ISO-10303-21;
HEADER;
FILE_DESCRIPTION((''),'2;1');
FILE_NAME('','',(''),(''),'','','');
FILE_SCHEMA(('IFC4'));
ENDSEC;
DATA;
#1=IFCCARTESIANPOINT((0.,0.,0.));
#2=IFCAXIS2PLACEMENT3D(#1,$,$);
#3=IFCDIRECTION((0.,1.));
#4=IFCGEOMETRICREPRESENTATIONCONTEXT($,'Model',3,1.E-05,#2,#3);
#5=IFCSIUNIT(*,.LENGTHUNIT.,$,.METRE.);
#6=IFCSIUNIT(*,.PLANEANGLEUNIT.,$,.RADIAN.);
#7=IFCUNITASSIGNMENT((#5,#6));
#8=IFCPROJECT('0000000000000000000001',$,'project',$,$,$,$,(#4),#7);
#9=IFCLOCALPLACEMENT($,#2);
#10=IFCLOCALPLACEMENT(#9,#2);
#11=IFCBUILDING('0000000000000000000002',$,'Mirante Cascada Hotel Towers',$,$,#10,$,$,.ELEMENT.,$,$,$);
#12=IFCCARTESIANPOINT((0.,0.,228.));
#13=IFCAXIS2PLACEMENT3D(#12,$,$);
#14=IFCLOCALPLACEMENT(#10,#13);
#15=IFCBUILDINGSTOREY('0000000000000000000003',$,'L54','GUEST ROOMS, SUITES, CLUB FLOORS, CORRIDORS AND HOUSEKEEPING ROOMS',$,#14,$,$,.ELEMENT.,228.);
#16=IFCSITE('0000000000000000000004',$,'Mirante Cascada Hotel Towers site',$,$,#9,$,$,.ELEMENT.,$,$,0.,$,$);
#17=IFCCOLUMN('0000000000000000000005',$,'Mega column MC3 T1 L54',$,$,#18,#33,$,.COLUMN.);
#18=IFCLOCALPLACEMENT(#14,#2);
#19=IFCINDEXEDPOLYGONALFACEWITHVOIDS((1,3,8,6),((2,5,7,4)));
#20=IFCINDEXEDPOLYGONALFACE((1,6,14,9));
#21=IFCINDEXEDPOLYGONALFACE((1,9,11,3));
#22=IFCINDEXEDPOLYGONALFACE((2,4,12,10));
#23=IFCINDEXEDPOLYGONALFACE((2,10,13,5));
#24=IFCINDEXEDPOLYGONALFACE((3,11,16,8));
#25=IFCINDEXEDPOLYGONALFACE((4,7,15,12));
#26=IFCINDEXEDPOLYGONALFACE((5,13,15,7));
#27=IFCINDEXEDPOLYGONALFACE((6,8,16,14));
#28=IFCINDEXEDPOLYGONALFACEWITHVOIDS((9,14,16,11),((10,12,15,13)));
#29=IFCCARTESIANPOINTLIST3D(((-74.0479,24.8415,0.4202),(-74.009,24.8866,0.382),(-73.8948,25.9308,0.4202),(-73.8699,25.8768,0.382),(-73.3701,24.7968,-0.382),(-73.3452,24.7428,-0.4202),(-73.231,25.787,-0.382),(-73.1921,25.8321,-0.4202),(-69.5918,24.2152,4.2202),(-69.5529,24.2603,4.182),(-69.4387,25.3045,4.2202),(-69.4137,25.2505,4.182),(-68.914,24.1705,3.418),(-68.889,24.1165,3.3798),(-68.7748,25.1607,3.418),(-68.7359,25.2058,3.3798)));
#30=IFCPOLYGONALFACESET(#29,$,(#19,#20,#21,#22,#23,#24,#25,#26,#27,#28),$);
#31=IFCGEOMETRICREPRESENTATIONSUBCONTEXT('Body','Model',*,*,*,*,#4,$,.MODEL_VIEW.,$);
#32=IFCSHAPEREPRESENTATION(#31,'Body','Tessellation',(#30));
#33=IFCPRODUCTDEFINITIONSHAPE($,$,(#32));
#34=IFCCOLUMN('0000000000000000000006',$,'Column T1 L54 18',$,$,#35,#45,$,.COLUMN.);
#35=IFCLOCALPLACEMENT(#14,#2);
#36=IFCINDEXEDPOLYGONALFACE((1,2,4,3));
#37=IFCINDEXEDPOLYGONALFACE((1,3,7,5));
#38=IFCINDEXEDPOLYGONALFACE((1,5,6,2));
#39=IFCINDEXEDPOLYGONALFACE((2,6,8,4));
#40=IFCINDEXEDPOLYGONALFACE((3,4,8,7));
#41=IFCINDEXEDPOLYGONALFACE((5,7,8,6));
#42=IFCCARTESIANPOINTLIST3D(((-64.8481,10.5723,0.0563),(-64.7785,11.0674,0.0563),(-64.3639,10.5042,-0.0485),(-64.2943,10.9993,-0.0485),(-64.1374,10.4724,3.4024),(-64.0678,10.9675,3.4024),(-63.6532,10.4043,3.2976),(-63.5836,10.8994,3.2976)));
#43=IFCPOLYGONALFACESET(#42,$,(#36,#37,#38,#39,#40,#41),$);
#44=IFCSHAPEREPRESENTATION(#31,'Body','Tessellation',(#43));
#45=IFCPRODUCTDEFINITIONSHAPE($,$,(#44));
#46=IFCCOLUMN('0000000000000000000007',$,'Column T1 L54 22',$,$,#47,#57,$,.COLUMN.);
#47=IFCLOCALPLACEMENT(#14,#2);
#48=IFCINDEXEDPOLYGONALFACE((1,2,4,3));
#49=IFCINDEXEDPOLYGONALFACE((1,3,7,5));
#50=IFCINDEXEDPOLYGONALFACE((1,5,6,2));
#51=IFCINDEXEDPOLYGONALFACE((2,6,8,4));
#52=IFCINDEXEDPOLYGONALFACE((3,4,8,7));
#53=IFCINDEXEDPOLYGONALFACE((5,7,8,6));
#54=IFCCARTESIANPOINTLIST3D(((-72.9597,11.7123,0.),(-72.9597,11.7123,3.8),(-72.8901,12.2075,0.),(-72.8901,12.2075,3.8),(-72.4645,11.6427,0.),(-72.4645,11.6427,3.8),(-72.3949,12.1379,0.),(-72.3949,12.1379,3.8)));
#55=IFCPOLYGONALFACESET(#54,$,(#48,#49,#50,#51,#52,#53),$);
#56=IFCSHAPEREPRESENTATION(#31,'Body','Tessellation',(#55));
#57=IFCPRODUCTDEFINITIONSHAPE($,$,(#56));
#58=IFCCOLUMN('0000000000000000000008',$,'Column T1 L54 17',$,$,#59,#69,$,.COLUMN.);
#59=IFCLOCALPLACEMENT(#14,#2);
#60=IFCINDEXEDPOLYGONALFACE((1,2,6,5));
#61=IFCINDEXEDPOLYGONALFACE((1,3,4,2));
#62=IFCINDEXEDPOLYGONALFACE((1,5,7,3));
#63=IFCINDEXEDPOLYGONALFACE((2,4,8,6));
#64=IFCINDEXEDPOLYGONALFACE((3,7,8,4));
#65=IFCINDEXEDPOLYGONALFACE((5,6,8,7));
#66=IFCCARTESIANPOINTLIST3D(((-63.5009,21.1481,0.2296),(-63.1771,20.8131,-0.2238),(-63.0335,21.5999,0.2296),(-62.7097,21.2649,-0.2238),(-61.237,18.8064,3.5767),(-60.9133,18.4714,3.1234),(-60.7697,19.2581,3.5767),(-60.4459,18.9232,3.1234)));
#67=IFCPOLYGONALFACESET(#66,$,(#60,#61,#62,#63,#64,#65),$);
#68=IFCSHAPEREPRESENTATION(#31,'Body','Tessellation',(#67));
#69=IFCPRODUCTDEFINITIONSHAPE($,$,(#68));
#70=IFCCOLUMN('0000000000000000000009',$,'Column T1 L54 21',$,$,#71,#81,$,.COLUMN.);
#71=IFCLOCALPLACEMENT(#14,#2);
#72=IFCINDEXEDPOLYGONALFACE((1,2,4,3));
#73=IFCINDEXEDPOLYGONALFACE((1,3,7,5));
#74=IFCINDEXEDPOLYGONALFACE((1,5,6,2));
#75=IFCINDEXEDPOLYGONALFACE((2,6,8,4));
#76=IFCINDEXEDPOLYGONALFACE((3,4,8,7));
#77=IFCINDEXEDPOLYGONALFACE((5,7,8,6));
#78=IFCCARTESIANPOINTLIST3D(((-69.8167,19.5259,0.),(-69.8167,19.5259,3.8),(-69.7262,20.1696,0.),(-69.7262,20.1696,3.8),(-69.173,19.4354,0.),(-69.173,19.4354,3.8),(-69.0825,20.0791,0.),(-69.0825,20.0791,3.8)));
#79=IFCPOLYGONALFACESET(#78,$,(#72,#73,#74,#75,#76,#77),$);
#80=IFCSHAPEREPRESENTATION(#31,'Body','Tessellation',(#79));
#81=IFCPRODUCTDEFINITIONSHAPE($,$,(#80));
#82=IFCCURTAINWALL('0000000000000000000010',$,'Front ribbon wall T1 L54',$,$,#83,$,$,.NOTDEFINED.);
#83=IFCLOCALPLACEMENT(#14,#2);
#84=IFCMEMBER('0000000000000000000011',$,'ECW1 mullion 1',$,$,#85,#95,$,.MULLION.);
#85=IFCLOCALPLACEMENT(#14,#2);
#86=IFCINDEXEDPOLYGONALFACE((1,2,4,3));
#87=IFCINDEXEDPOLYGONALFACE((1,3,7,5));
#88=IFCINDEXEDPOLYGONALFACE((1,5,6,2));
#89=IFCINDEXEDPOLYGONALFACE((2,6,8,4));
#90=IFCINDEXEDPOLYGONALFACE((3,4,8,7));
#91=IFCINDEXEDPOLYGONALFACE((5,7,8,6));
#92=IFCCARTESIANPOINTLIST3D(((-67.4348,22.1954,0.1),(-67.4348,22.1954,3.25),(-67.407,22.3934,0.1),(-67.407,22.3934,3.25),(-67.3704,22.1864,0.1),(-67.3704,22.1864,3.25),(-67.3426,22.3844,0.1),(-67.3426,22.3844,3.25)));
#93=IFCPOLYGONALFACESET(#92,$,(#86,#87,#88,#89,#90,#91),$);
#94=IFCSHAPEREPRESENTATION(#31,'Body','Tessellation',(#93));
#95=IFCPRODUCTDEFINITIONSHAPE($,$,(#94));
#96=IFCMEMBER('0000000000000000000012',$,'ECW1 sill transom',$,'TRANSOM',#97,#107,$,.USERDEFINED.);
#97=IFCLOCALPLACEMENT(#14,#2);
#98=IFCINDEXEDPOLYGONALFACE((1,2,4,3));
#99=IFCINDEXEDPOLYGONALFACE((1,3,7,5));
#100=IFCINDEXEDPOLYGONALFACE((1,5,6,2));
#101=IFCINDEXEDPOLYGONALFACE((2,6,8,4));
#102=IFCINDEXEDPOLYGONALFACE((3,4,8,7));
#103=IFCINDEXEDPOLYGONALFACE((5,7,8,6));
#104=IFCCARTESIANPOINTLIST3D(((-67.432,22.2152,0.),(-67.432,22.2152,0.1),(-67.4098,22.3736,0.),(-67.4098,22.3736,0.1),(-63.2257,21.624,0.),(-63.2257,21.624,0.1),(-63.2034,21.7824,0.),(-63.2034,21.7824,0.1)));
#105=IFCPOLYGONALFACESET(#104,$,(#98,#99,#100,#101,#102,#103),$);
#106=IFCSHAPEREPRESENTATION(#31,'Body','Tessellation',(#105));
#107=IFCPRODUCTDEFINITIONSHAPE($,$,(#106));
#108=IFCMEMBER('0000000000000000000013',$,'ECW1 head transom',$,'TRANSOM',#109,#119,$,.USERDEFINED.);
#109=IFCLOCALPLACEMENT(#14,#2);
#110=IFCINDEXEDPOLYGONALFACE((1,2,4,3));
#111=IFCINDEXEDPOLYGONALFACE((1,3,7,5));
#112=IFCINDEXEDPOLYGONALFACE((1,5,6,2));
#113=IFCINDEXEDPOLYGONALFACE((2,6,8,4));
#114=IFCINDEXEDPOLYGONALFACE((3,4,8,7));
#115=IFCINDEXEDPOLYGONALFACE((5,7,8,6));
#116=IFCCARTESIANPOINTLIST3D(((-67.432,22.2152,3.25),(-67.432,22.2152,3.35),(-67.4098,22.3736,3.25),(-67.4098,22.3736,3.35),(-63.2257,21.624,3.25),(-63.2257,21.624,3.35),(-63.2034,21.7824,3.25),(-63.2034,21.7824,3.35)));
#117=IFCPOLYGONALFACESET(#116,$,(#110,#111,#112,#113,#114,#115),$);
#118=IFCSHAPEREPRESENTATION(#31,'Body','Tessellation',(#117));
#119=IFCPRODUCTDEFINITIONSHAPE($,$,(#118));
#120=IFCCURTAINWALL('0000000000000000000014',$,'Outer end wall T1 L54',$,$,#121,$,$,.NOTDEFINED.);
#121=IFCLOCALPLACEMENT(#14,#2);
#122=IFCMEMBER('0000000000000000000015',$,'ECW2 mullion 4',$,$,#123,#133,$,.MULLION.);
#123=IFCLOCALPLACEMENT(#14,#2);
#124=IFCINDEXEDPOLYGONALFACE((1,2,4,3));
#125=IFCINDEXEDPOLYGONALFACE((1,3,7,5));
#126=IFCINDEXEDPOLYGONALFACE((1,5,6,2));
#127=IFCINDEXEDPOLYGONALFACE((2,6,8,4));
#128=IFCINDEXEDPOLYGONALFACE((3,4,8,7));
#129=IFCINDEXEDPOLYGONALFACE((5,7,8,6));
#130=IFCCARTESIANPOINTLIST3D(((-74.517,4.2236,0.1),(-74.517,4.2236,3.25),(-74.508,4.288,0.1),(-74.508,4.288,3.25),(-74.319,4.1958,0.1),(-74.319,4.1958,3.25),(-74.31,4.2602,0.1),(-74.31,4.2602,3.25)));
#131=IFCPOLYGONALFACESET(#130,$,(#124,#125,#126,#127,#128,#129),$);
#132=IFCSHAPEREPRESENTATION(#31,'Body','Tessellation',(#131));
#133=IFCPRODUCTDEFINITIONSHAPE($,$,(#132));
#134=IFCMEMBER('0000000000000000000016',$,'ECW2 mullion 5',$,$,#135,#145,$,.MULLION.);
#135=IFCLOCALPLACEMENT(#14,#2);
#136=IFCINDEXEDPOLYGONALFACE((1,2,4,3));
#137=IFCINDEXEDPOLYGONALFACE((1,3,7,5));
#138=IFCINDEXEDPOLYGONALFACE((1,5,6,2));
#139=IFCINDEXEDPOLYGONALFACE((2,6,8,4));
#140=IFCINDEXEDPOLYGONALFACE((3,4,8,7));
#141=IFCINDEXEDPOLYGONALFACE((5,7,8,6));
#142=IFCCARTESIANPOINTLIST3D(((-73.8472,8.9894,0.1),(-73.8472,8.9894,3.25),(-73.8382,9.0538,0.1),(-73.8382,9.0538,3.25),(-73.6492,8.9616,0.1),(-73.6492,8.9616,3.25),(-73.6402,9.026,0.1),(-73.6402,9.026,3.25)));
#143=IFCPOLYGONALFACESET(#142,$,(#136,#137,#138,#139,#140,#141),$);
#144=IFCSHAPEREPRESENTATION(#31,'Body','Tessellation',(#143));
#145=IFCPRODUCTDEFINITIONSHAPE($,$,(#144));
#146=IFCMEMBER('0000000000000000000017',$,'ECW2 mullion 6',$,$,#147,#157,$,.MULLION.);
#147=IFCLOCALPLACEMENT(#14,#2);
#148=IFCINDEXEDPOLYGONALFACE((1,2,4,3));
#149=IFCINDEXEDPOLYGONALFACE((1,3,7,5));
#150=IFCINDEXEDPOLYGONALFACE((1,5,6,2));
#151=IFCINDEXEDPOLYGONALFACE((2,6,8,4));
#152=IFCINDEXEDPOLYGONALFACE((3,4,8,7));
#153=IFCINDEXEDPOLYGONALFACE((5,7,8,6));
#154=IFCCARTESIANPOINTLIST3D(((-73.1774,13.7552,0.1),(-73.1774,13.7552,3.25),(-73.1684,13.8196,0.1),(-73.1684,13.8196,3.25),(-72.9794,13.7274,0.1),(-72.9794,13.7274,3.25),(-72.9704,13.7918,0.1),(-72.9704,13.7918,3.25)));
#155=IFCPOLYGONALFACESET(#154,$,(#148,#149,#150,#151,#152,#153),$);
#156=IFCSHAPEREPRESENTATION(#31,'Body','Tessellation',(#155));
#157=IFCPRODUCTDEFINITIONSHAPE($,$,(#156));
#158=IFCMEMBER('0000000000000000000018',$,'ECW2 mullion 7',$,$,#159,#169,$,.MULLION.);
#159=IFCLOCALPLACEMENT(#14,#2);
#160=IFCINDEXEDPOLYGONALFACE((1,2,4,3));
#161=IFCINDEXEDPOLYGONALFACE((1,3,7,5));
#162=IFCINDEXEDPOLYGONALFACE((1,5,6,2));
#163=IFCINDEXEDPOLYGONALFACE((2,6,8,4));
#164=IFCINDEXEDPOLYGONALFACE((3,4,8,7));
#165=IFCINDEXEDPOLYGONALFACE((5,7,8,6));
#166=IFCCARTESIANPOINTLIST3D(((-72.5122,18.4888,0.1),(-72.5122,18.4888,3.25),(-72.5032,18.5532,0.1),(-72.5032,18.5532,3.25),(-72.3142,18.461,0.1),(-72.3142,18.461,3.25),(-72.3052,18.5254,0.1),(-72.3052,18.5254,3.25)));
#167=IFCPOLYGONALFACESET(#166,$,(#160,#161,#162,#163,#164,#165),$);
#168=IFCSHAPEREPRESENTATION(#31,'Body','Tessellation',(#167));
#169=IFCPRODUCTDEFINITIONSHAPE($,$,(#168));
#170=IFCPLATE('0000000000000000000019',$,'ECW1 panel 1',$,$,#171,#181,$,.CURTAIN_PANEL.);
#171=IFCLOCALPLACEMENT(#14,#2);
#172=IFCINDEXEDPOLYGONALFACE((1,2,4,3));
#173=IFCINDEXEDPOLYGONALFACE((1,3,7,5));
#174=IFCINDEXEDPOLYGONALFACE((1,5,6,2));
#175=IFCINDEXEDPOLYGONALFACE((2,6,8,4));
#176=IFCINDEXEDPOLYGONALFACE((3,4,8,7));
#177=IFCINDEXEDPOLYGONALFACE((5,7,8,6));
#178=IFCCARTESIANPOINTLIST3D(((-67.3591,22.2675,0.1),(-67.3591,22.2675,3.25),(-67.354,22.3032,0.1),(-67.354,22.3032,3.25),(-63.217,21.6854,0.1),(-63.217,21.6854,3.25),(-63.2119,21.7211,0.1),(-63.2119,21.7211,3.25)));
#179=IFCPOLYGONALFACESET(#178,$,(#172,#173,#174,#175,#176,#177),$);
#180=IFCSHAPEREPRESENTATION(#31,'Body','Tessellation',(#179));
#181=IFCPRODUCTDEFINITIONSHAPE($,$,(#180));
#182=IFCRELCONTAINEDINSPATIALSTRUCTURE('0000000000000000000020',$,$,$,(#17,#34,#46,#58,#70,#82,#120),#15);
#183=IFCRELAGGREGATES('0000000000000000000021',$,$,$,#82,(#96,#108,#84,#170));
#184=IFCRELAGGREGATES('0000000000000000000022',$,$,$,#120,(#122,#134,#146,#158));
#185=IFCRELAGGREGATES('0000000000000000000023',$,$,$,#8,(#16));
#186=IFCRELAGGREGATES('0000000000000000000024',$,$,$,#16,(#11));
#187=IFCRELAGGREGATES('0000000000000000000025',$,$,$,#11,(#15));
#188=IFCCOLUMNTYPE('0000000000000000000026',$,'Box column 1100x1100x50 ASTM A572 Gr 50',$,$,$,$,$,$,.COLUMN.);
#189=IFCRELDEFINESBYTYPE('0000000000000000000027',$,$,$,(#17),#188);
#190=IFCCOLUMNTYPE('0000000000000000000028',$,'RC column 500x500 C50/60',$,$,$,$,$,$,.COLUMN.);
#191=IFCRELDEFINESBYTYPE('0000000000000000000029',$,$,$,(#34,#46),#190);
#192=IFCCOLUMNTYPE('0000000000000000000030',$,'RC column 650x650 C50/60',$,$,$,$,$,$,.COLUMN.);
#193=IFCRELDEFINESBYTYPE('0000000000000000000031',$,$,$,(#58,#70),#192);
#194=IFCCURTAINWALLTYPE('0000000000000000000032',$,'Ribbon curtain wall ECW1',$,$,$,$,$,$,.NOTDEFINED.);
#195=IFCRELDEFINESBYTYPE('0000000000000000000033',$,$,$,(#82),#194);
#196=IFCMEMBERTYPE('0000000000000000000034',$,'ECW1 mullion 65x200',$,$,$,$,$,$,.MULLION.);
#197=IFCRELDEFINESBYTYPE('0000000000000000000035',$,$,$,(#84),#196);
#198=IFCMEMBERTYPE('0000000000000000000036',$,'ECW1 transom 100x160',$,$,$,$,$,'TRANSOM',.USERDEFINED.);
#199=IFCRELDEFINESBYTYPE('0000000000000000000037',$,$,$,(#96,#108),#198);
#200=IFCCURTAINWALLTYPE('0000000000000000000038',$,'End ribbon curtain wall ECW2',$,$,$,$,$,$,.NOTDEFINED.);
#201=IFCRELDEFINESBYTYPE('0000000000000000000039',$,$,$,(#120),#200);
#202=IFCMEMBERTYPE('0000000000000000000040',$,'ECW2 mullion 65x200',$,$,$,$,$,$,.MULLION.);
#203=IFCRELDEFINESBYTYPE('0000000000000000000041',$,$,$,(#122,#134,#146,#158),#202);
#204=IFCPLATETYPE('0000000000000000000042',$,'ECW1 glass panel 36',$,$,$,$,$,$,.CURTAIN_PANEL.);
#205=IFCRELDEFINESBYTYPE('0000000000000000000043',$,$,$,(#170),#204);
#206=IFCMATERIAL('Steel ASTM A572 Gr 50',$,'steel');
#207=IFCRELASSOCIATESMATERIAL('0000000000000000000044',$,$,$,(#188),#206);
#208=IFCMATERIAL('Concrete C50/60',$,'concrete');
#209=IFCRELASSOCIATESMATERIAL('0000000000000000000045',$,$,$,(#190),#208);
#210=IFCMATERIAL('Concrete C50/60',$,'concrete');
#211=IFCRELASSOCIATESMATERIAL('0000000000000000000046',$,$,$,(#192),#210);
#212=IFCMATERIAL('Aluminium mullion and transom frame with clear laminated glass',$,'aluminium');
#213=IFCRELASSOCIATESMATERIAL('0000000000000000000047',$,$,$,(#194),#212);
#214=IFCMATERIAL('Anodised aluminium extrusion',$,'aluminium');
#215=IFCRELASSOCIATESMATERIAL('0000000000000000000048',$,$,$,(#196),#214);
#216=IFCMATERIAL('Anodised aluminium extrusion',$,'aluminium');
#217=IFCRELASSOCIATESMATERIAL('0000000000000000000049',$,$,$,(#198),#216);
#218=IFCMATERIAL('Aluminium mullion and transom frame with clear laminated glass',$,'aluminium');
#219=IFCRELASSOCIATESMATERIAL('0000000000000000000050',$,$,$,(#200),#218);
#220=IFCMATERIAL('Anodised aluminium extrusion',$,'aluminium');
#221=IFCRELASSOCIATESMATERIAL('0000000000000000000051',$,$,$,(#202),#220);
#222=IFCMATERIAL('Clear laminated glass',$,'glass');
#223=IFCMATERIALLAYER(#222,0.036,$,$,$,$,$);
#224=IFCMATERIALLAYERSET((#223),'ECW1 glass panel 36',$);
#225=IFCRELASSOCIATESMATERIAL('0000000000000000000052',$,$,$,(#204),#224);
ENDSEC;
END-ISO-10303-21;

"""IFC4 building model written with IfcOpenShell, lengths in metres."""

from ifc_helpers import new_model, si_unit, direction, frame, origin, origin_2d, place, context, subcontext, project, spatial, rectangle, hollow_rectangle, extrude, material, layer, layer_set, material_profile, profile_set, type_object, element, aggregate, save


model = new_model("IFC4")

# Units and contexts
model_context = context("Model", 3, precision=1e-05, world=origin(), true_north=direction((0.0, 1.0)))
body_context = subcontext(model_context, "Body", "Model", "MODEL_VIEW")
ifc_project = project(units=[si_unit("LENGTHUNIT", "METRE"), si_unit("PLANEANGLEUNIT", "RADIAN")], contexts=[model_context])

# Site, building, storey
site_placement = place(None, origin())
site = spatial("IfcSite", under=ifc_project, at=site_placement, Name="Mirante Cascada Hotel Towers site", CompositionType="ELEMENT", RefElevation=0.0)
building_placement = place(site_placement, origin())
building = spatial("IfcBuilding", under=site, at=building_placement, Name="Mirante Cascada Hotel Towers", CompositionType="ELEMENT")
storey_placement = place(building_placement, frame((0.0, 0.0, 228.0)))
storey = spatial("IfcBuildingStorey", under=building, at=storey_placement, Name="L54", Description="GUEST ROOMS, SUITES, CLUB FLOORS, CORRIDORS AND HOUSEKEEPING ROOMS", CompositionType="ELEMENT", Elevation=228.0)

# Columns
ifc_material_1 = material(Name="Steel ASTM A572 Gr 50", Category="steel")
ifc_material_profile_1 = material_profile(ifc_material_1, hollow_rectangle(XDim=1.1, YDim=1.1, WallThickness=0.05, at=origin_2d()), Name="Box column 1100x1100x50 ASTM A572 Gr 50")
ifc_profile_set_1 = profile_set([ifc_material_profile_1], Name="Steel ASTM A572 Gr 50")
column_type_1 = type_object("IfcColumnType", Name="Box column 1100x1100x50 ASTM A572 Gr 50", PredefinedType="COLUMN", material=ifc_profile_set_1)
column_1_placement = place(storey_placement, frame((-73.62, 25.3368, 0.0), z_axis=(0.756594, -0.106336, 0.645181), x_axis=(0.139178, 0.990267, 0.0)))
element("IfcColumn", 1, at=column_1_placement, inside=storey, type_object=column_type_1, Name="Mega column MC3 T1 L54", PredefinedType="COLUMN", context=body_context, shape_type="SweptSolid", body=[
    extrude(hollow_rectangle(XDim=1.1, YDim=1.1, WallThickness=0.05, at=origin_2d()), origin(), (0.0, 0.0, 1.0), 5.8898),
])
ifc_material_2 = material(Name="Concrete C50/60", Category="concrete")
ifc_material_profile_2 = material_profile(ifc_material_2, rectangle(XDim=0.5, YDim=0.5, at=origin_2d()), Name="RC column 500x500 C50/60")
ifc_profile_set_2 = profile_set([ifc_material_profile_2], Name="Concrete C50/60")
column_type_2 = type_object("IfcColumnType", Name="RC column 500x500 C50/60", PredefinedType="COLUMN", material=ifc_profile_set_2)
column_2_placement = place(storey_placement, frame((-64.5712, 10.7858, 0.0039), z_axis=(0.207673, -0.029192, 0.977763), x_axis=(0.139197, 0.990265, 0.0)))
element("IfcColumn", 2, at=column_2_placement, inside=storey, type_object=column_type_2, Name="Column T1 L54 18", PredefinedType="COLUMN", context=body_context, shape_type="SweptSolid", body=[
    extrude(rectangle(XDim=0.5, YDim=0.5, at=origin_2d()), origin(), (0.0, 0.0, 1.0), 3.4222),
])
column_3_placement = place(storey_placement, frame((-72.6773, 11.9251, 0.0), z_axis=(0.0, 0.0, 1.0), x_axis=(-0.990268, 0.139173, 0.0)))
element("IfcColumn", 3, at=column_3_placement, inside=storey, type_object=column_type_2, Name="Column T1 L54 22", PredefinedType="COLUMN", context=body_context, shape_type="SweptSolid", body=[
    extrude(rectangle(XDim=0.5, YDim=0.5, at=origin_2d()), origin(), (0.0, 0.0, 1.0), 3.8),
])
ifc_material_3 = material(Name="Concrete C50/60", Category="concrete")
ifc_material_profile_3 = material_profile(ifc_material_3, rectangle(XDim=0.65, YDim=0.65, at=origin_2d()), Name="RC column 650x650 C50/60")
ifc_profile_set_3 = profile_set([ifc_material_profile_3], Name="Concrete C50/60")
column_type_3 = type_object("IfcColumnType", Name="RC column 650x650 C50/60", PredefinedType="COLUMN", material=ifc_profile_set_3)
column_4_placement = place(storey_placement, frame((-63.1053, 21.2065, 0.0029), z_axis=(0.484726, -0.501406, 0.716682), x_axis=(0.718964, 0.695047, 0.0)))
element("IfcColumn", 4, at=column_4_placement, inside=storey, type_object=column_type_3, Name="Column T1 L54 17", PredefinedType="COLUMN", context=body_context, shape_type="SweptSolid", body=[
    extrude(rectangle(XDim=0.65, YDim=0.65, at=origin_2d()), origin(), (0.0, 0.0, 1.0), 4.6703),
])
column_5_placement = place(storey_placement, frame((-69.4496, 19.8025, 0.0), z_axis=(0.0, 0.0, 1.0), x_axis=(-0.990268, 0.139173, 0.0)))
element("IfcColumn", 5, at=column_5_placement, inside=storey, type_object=column_type_3, Name="Column T1 L54 21", PredefinedType="COLUMN", context=body_context, shape_type="SweptSolid", body=[
    extrude(rectangle(XDim=0.65, YDim=0.65, at=origin_2d()), origin(), (0.0, 0.0, 1.0), 3.8),
])

# Curtain walls, members
ifc_material_4 = material(Name="Aluminium mullion and transom frame with clear laminated glass", Category="aluminium")
curtain_wall_type_1 = type_object("IfcCurtainWallType", Name="Ribbon curtain wall ECW1", PredefinedType="NOTDEFINED", material=ifc_material_4)
curtain_wall_1_placement = place(storey_placement, origin())
curtain_wall_1 = element("IfcCurtainWall", 6, at=curtain_wall_1_placement, inside=storey, type_object=curtain_wall_type_1, Name="Front ribbon wall T1 L54", PredefinedType="NOTDEFINED")
ifc_material_5 = material(Name="Anodised aluminium extrusion", Category="aluminium")
ifc_material_profile_4 = material_profile(ifc_material_5, rectangle(XDim=0.2, YDim=0.065, at=origin_2d()), Name="ECW1 MULLION 65x200")
ifc_profile_set_4 = profile_set([ifc_material_profile_4], Name="Anodised aluminium extrusion")
member_type_1 = type_object("IfcMemberType", Name="ECW1 mullion 65x200", PredefinedType="MULLION", material=ifc_profile_set_4)
member_1_placement = place(storey_placement, frame((-67.3887, 22.2899, 0.1), z_axis=(0.0, 0.0, 1.0), x_axis=(0.139173, 0.990268, 0.0)))
member_1 = element("IfcMember", 7, at=member_1_placement, type_object=member_type_1, Name="ECW1 mullion 1", PredefinedType="MULLION", context=body_context, shape_type="SweptSolid", body=[
    extrude(rectangle(XDim=0.2, YDim=0.065, at=origin_2d()), origin(), (0.0, 0.0, 1.0), 3.15),
])
ifc_material_6 = material(Name="Anodised aluminium extrusion", Category="aluminium")
ifc_material_profile_5 = material_profile(ifc_material_6, rectangle(XDim=0.16, YDim=0.1, at=origin_2d()), Name="ECW1 TRANSOM 100x160")
ifc_profile_set_5 = profile_set([ifc_material_profile_5], Name="Anodised aluminium extrusion")
member_type_2 = type_object("IfcMemberType", Name="ECW1 transom 100x160", ElementType="TRANSOM", PredefinedType="USERDEFINED", material=ifc_profile_set_5)
member_2_placement = place(storey_placement, frame((-67.4209, 22.2944, 0.05), z_axis=(0.990267, -0.13918, 0.0), x_axis=(0.13918, 0.990267, 0.0)))
member_2 = element("IfcMember", 8, at=member_2_placement, type_object=member_type_2, Name="ECW1 sill transom", ObjectType="TRANSOM", PredefinedType="USERDEFINED", context=body_context, shape_type="SweptSolid", body=[
    extrude(rectangle(XDim=0.16, YDim=0.1, at=origin_2d()), origin(), (0.0, 0.0, 1.0), 4.2477),
])
member_3_placement = place(storey_placement, frame((-67.4209, 22.2944, 3.3), z_axis=(0.990267, -0.13918, 0.0), x_axis=(0.13918, 0.990267, 0.0)))
member_3 = element("IfcMember", 9, at=member_3_placement, type_object=member_type_2, Name="ECW1 head transom", ObjectType="TRANSOM", PredefinedType="USERDEFINED", context=body_context, shape_type="SweptSolid", body=[
    extrude(rectangle(XDim=0.16, YDim=0.1, at=origin_2d()), origin(), (0.0, 0.0, 1.0), 4.2477),
])
ifc_material_7 = material(Name="Aluminium mullion and transom frame with clear laminated glass", Category="aluminium")
curtain_wall_type_2 = type_object("IfcCurtainWallType", Name="End ribbon curtain wall ECW2", PredefinedType="NOTDEFINED", material=ifc_material_7)
curtain_wall_2_placement = place(storey_placement, origin())
curtain_wall_2 = element("IfcCurtainWall", 10, at=curtain_wall_2_placement, inside=storey, type_object=curtain_wall_type_2, Name="Outer end wall T1 L54", PredefinedType="NOTDEFINED")
ifc_material_8 = material(Name="Anodised aluminium extrusion", Category="aluminium")
ifc_material_profile_6 = material_profile(ifc_material_8, rectangle(XDim=0.2, YDim=0.065, at=origin_2d()), Name="ECW2 MULLION 65x200")
ifc_profile_set_6 = profile_set([ifc_material_profile_6], Name="Anodised aluminium extrusion")
member_type_3 = type_object("IfcMemberType", Name="ECW2 mullion 65x200", PredefinedType="MULLION", material=ifc_profile_set_6)
member_4_placement = place(storey_placement, frame((-74.4135, 4.2419, 0.1), z_axis=(0.0, 0.0, 1.0), x_axis=(-0.990268, 0.139173, 0.0)))
member_4 = element("IfcMember", 11, at=member_4_placement, type_object=member_type_3, Name="ECW2 mullion 4", PredefinedType="MULLION", context=body_context, shape_type="SweptSolid", body=[
    extrude(rectangle(XDim=0.2, YDim=0.065, at=origin_2d()), origin(), (0.0, 0.0, 1.0), 3.15),
])
member_5_placement = place(storey_placement, frame((-73.7437, 9.0077, 0.1), z_axis=(0.0, 0.0, 1.0), x_axis=(-0.990268, 0.139173, 0.0)))
member_5 = element("IfcMember", 12, at=member_5_placement, type_object=member_type_3, Name="ECW2 mullion 5", PredefinedType="MULLION", context=body_context, shape_type="SweptSolid", body=[
    extrude(rectangle(XDim=0.2, YDim=0.065, at=origin_2d()), origin(), (0.0, 0.0, 1.0), 3.15),
])
member_6_placement = place(storey_placement, frame((-73.0739, 13.7735, 0.1), z_axis=(0.0, 0.0, 1.0), x_axis=(-0.990268, 0.139173, 0.0)))
member_6 = element("IfcMember", 13, at=member_6_placement, type_object=member_type_3, Name="ECW2 mullion 6", PredefinedType="MULLION", context=body_context, shape_type="SweptSolid", body=[
    extrude(rectangle(XDim=0.2, YDim=0.065, at=origin_2d()), origin(), (0.0, 0.0, 1.0), 3.15),
])
member_7_placement = place(storey_placement, frame((-72.4087, 18.5071, 0.1), z_axis=(0.0, 0.0, 1.0), x_axis=(-0.990268, 0.139173, 0.0)))
member_7 = element("IfcMember", 14, at=member_7_placement, type_object=member_type_3, Name="ECW2 mullion 7", PredefinedType="MULLION", context=body_context, shape_type="SweptSolid", body=[
    extrude(rectangle(XDim=0.2, YDim=0.065, at=origin_2d()), origin(), (0.0, 0.0, 1.0), 3.15),
])

# Plate
ifc_material_9 = material(Name="Clear laminated glass", Category="glass")
ifc_layer_1 = layer(ifc_material_9, 0.036)
ifc_layer_set_1 = layer_set([ifc_layer_1], Name="ECW1 glass panel 36")
plate_type_1 = type_object("IfcPlateType", Name="ECW1 glass panel 36", PredefinedType="CURTAIN_PANEL", material=ifc_layer_set_1)
plate_1_placement = place(storey_placement, frame((-65.2855, 21.9943, 0.1), z_axis=(0.0, 0.0, 1.0), x_axis=(0.990268, -0.139173, 0.0)))
plate_1 = element("IfcPlate", 15, at=plate_1_placement, type_object=plate_type_1, Name="ECW1 panel 1", PredefinedType="CURTAIN_PANEL", context=body_context, shape_type="SweptSolid", body=[
    extrude(rectangle(XDim=4.1828, YDim=0.036, at=origin_2d()), origin(), (0.0, 0.0, 1.0), 3.15),
])
aggregate(curtain_wall_1, [member_2, member_3, member_1, plate_1])
aggregate(curtain_wall_2, [member_4, member_5, member_6, member_7])

save(model, "model.ifc")
